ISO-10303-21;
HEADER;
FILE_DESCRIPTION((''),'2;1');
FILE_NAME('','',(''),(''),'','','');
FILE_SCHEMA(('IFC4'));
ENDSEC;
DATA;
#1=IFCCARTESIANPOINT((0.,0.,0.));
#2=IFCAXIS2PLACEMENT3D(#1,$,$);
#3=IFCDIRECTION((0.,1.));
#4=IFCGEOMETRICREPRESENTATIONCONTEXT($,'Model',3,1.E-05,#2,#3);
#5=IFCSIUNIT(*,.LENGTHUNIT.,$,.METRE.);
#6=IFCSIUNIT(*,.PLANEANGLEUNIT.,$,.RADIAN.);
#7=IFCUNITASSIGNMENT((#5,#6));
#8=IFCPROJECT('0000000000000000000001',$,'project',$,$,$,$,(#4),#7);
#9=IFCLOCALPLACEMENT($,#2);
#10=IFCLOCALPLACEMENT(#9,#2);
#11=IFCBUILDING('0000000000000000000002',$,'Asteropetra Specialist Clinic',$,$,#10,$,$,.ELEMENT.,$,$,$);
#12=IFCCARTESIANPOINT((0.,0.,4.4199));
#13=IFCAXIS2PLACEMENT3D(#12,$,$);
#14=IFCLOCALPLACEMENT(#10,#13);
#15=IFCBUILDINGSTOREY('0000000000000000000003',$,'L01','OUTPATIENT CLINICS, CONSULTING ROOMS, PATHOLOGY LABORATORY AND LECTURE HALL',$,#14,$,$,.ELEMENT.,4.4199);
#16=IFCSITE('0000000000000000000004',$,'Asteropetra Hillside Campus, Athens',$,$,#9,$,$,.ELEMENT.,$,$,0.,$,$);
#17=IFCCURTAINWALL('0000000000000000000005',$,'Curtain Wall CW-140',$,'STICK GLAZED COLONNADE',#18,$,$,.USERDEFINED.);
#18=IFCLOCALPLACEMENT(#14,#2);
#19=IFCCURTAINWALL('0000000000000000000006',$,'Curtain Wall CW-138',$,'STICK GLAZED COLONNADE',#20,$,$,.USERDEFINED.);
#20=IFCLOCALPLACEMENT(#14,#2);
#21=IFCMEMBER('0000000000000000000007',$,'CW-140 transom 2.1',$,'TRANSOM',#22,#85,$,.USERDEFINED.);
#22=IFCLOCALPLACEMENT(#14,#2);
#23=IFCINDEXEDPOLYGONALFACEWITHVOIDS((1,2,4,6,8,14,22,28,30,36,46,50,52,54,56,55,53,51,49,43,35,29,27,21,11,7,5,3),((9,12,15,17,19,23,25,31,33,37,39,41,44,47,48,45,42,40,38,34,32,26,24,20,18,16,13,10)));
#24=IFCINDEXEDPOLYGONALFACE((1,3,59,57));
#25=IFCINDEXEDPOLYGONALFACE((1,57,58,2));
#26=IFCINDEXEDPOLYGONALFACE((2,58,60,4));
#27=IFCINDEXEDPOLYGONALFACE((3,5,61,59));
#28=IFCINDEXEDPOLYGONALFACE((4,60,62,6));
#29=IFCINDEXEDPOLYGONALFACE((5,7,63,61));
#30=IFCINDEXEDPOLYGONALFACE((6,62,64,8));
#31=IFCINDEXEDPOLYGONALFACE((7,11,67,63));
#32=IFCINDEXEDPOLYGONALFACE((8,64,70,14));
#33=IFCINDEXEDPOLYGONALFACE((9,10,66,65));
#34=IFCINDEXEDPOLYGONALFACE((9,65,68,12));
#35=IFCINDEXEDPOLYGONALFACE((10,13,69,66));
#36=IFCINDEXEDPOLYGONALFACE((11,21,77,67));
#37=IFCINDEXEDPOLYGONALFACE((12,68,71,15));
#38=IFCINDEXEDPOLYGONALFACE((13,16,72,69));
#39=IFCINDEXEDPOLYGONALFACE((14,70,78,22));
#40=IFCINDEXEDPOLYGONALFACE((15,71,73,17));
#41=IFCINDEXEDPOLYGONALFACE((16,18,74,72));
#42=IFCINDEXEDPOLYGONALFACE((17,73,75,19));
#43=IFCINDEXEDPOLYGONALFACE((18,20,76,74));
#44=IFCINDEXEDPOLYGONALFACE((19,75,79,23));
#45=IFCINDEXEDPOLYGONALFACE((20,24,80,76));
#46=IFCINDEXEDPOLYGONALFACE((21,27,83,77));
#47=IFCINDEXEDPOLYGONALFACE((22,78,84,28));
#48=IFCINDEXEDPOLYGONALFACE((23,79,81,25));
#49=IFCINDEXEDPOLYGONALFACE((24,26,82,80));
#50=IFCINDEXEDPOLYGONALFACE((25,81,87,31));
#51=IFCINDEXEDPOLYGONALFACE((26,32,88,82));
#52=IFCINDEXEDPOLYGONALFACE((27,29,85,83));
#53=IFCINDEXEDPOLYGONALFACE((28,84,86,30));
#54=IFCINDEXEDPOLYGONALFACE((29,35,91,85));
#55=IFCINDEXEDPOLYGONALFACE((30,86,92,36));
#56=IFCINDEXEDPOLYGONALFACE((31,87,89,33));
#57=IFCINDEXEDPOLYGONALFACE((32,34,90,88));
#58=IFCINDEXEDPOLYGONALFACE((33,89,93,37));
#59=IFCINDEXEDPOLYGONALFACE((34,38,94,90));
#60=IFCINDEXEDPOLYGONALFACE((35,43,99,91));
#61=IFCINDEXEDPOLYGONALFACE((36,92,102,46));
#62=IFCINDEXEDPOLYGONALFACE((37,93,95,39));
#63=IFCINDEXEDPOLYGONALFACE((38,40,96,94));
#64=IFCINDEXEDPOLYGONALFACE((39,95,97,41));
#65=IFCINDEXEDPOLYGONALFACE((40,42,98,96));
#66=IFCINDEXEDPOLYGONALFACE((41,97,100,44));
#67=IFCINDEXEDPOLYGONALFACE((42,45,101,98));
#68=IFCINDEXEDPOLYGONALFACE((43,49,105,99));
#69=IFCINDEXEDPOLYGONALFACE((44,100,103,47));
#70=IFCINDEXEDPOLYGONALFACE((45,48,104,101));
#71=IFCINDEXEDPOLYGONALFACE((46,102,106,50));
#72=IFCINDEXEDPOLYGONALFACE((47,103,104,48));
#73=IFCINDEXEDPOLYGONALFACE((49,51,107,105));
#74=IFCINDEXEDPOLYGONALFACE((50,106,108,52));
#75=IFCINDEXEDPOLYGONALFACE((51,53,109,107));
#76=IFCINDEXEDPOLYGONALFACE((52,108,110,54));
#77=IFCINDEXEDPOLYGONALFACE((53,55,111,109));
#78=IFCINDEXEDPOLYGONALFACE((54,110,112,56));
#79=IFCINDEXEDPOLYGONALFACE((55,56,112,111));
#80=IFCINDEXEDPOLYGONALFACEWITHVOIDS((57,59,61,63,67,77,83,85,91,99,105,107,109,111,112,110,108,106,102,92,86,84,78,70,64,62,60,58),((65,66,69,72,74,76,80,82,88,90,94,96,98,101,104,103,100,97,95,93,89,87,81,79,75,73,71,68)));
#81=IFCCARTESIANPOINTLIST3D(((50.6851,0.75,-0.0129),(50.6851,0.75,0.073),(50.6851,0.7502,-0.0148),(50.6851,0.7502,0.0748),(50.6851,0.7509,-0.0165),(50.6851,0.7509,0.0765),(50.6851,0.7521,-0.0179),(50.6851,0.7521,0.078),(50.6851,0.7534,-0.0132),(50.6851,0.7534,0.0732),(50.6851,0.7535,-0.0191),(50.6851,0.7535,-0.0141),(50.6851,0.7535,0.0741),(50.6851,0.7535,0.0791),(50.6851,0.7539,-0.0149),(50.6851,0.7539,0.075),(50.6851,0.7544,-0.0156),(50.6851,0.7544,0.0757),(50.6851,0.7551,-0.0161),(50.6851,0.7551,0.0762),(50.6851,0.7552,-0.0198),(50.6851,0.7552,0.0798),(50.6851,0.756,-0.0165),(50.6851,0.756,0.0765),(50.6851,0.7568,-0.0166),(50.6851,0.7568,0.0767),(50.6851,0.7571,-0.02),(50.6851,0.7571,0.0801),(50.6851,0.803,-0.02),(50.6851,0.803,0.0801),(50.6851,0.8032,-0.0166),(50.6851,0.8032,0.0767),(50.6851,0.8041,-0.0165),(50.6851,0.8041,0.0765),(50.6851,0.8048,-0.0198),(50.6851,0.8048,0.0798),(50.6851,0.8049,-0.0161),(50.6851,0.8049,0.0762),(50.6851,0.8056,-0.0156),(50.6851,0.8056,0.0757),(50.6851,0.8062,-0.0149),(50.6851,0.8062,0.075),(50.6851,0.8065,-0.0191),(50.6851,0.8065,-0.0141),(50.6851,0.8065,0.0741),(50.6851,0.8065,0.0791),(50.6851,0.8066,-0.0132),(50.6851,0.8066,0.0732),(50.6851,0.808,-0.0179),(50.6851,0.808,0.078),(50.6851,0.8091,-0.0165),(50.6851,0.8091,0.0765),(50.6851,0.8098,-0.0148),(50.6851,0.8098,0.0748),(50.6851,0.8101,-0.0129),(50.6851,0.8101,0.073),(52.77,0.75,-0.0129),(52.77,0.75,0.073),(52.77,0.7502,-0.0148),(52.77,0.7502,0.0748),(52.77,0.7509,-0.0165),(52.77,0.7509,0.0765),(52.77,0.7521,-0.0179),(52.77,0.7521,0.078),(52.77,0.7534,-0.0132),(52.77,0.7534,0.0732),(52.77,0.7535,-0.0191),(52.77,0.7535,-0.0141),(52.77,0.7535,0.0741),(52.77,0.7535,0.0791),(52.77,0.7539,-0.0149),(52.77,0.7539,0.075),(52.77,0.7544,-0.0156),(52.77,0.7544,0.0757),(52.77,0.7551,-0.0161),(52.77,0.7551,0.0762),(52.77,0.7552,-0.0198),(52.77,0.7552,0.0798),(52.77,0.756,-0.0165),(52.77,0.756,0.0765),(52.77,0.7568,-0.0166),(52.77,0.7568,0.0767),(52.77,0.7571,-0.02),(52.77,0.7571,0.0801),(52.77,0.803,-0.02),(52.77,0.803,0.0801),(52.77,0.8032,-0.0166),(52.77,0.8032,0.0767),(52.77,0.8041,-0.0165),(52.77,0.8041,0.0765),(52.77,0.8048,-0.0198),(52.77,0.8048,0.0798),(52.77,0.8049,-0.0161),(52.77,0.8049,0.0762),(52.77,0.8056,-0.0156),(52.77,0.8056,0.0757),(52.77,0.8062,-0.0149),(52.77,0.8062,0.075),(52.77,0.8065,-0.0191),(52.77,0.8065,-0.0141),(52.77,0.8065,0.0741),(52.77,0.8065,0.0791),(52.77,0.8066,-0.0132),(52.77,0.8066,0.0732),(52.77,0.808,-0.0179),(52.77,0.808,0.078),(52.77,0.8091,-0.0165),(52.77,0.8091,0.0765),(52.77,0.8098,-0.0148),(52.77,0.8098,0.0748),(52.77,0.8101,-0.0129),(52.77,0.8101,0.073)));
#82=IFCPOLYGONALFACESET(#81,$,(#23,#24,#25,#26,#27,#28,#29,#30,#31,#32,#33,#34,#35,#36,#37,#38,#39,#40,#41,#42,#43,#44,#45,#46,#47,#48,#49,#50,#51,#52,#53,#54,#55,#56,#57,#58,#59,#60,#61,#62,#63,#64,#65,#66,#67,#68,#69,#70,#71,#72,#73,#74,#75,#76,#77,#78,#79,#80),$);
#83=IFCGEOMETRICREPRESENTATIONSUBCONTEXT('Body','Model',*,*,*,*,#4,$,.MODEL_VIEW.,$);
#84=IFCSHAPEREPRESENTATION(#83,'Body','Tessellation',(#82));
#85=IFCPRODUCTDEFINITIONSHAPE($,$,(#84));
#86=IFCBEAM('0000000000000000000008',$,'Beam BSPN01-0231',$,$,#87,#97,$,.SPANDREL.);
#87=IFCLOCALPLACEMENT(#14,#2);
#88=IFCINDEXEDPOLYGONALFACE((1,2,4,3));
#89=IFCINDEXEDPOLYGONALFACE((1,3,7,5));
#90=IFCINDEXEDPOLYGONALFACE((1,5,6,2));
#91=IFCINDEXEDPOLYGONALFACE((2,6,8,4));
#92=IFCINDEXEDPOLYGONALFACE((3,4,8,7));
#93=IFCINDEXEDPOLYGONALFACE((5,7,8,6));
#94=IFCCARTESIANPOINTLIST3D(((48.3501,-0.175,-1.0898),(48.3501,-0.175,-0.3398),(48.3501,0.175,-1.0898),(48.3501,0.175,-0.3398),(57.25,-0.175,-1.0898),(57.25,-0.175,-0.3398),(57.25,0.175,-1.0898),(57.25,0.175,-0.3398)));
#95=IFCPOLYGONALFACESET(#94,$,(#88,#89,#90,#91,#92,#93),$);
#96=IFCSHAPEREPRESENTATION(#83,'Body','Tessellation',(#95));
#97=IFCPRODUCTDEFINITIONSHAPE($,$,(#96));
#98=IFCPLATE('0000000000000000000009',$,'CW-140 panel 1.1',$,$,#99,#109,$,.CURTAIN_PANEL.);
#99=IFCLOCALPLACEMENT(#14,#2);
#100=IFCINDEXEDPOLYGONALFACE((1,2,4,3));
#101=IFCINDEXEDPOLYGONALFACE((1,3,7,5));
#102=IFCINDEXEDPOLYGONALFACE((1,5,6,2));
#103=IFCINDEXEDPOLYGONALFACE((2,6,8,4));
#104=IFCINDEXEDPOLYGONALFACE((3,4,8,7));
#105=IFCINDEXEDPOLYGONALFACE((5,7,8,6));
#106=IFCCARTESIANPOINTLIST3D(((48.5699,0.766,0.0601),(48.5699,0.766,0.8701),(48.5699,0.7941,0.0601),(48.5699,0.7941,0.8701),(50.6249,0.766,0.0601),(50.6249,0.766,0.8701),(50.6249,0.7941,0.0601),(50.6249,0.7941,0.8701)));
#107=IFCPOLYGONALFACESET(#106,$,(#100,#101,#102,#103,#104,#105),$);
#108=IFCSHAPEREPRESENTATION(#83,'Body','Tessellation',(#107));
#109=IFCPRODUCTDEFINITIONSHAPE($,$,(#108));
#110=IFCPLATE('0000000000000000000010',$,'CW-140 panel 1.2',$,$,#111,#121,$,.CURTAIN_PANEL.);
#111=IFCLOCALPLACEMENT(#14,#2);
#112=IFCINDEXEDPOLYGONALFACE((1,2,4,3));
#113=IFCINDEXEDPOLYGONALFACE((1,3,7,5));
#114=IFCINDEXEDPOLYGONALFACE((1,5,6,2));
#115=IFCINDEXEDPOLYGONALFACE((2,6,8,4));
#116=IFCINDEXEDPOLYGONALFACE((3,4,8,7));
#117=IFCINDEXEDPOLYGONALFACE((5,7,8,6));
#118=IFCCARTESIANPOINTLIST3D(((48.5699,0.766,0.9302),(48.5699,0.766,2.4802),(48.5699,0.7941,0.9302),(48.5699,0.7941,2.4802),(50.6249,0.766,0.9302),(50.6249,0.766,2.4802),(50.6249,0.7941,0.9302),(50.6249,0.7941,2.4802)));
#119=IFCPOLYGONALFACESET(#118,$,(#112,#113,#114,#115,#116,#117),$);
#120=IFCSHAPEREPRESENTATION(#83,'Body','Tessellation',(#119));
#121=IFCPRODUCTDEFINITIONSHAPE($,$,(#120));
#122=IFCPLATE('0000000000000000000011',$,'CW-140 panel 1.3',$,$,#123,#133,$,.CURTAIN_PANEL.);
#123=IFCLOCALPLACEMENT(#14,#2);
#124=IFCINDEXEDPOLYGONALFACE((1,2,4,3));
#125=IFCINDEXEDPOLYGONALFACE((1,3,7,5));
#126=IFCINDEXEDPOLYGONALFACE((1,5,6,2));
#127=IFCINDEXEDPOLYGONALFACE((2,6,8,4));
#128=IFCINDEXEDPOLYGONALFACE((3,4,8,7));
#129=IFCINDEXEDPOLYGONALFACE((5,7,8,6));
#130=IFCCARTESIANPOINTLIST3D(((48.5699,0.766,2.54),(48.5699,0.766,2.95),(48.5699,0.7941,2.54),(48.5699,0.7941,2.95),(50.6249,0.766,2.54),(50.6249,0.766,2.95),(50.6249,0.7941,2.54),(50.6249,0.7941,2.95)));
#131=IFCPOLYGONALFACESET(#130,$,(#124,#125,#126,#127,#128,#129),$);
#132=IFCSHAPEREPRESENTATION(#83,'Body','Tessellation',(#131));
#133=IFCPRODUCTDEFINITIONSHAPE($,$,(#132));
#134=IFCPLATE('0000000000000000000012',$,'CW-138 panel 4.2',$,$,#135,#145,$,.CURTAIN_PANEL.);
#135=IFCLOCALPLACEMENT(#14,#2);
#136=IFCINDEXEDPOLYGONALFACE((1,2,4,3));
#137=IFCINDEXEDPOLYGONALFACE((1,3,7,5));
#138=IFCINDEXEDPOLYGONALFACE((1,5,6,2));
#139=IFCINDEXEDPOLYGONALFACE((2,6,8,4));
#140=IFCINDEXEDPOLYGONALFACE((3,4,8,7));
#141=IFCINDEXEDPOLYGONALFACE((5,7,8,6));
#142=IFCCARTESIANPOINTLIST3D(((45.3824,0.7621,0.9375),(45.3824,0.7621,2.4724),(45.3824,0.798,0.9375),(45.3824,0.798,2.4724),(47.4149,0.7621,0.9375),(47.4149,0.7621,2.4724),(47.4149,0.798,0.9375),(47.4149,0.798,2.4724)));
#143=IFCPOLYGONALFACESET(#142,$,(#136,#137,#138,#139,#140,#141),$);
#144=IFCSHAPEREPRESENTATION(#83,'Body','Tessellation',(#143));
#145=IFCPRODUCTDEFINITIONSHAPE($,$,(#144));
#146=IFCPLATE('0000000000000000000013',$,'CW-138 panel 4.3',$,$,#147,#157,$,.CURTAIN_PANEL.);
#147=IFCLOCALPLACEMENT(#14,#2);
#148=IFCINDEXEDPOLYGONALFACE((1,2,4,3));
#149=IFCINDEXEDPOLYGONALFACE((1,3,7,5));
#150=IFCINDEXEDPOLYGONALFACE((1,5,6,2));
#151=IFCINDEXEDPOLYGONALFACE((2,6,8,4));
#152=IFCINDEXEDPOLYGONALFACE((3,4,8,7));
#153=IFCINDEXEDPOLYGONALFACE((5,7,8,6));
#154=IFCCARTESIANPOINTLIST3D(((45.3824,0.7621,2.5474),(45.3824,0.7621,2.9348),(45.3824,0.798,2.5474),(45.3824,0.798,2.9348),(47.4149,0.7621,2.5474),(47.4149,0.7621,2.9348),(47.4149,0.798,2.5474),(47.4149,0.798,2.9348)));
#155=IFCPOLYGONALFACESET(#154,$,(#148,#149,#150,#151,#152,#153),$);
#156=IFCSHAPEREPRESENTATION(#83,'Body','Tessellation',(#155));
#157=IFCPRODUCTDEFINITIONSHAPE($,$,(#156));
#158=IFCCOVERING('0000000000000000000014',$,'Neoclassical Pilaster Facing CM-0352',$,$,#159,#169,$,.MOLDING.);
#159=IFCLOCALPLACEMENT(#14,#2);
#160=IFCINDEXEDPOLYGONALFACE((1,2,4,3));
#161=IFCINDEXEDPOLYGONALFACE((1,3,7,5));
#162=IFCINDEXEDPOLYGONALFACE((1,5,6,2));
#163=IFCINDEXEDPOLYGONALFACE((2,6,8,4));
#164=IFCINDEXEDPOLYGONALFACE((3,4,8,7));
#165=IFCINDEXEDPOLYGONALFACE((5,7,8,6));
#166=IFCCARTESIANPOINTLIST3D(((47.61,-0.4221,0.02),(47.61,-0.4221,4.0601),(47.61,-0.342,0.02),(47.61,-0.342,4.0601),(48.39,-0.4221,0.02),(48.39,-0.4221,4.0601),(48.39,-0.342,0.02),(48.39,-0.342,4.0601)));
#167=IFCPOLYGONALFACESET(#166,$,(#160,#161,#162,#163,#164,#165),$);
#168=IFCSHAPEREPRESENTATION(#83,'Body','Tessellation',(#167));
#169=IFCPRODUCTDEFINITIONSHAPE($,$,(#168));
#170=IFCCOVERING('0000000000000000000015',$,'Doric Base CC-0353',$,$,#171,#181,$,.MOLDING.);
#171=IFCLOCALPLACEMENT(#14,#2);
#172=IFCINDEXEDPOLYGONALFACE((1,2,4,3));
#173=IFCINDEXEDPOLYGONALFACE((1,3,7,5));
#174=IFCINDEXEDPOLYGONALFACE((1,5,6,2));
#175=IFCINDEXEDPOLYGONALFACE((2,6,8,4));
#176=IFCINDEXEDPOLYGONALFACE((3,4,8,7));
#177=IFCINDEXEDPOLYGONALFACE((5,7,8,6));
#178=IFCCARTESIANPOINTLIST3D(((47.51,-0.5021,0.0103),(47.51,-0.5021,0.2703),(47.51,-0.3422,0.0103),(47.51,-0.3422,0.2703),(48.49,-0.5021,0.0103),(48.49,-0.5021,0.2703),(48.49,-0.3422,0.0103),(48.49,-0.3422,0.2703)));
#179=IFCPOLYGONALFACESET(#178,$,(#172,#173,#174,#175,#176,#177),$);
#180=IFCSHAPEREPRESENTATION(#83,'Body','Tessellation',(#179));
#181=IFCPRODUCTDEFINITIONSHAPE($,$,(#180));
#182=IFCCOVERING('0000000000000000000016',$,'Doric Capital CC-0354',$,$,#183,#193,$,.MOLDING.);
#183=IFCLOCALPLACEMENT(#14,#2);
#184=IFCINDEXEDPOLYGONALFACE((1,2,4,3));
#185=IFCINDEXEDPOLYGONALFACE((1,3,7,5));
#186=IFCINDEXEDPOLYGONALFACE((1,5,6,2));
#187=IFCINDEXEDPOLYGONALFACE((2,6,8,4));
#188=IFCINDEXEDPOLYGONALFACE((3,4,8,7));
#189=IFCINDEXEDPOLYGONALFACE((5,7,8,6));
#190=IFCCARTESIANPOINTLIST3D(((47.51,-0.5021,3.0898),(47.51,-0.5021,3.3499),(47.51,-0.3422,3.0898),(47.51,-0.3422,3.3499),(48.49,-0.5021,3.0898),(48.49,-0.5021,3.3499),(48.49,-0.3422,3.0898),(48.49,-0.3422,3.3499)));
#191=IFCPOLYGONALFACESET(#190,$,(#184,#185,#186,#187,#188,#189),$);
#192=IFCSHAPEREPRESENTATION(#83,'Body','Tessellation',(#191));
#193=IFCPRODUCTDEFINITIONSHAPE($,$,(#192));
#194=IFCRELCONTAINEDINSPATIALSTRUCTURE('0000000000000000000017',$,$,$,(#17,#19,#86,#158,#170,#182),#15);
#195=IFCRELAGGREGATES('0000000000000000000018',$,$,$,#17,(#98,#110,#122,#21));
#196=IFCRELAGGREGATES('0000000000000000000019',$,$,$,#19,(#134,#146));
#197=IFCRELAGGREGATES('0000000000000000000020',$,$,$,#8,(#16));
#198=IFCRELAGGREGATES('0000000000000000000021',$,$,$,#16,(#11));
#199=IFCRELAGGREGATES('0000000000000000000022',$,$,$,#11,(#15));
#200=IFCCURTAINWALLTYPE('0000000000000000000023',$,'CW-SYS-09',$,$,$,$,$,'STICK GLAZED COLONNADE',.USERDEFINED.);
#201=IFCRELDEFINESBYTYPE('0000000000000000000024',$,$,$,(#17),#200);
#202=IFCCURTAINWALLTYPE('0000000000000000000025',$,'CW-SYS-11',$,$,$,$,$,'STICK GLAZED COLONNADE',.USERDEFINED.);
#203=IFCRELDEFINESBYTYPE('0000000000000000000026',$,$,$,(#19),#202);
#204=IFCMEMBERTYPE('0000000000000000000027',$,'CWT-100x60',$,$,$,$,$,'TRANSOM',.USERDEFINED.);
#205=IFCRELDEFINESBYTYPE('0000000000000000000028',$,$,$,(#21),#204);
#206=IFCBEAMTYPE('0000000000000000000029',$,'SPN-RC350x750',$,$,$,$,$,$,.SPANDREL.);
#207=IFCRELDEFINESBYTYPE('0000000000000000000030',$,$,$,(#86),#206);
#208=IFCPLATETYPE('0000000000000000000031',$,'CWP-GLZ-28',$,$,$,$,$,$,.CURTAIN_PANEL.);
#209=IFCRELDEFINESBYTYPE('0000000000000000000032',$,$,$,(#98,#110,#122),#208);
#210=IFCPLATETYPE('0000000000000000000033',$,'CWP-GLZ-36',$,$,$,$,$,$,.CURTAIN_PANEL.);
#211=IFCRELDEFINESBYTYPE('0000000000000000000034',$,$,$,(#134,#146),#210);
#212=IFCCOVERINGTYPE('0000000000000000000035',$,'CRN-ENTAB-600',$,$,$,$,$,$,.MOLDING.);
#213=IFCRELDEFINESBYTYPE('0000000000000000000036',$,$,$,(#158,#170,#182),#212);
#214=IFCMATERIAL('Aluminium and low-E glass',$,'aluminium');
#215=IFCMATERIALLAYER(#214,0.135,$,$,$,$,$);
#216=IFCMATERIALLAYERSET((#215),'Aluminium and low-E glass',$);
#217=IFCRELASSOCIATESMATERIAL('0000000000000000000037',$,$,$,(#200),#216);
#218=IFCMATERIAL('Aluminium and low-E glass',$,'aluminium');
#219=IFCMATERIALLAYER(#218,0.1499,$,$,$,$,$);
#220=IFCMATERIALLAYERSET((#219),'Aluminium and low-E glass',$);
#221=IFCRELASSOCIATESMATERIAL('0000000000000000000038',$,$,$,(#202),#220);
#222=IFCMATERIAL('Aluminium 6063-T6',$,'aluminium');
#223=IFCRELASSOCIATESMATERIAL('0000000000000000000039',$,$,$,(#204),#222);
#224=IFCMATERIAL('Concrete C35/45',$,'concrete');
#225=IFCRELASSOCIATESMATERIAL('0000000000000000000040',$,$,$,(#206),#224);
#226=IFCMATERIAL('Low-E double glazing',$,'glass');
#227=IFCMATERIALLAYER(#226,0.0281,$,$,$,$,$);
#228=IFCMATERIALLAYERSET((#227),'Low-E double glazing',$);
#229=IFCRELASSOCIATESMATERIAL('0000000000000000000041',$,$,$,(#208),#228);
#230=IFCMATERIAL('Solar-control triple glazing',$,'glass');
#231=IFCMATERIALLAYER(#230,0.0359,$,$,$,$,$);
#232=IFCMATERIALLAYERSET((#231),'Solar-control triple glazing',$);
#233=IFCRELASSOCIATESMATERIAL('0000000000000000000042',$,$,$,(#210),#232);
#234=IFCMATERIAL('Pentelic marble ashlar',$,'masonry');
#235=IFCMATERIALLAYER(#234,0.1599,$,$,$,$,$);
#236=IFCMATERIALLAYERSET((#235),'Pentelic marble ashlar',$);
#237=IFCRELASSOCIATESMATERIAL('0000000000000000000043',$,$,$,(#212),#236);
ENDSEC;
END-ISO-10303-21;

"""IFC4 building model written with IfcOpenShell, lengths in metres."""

from ifc_helpers import new_model, si_unit, direction, frame, origin, origin_2d, place, context, subcontext, project, spatial, rectangle, hollow_rectangle, extrude, material, layer, layer_set, material_profile, profile_set, type_object, element, aggregate, save


model = new_model("IFC4")

# Units and contexts
model_context = context("Model", 3, precision=1e-05, world=origin(), true_north=direction((0.0, 1.0)))
body_context = subcontext(model_context, "Body", "Model", "MODEL_VIEW")
ifc_project = project(units=[si_unit("LENGTHUNIT", "METRE"), si_unit("PLANEANGLEUNIT", "RADIAN")], contexts=[model_context])

# Site, building, storey
site_placement = place(None, origin())
site = spatial("IfcSite", under=ifc_project, at=site_placement, Name="Asteropetra Hillside Campus, Athens", CompositionType="ELEMENT", RefElevation=0.0)
building_placement = place(site_placement, origin())
building = spatial("IfcBuilding", under=site, at=building_placement, Name="Asteropetra Specialist Clinic", CompositionType="ELEMENT")
storey_placement = place(building_placement, frame((0.0, 0.0, 4.4199)))
storey = spatial("IfcBuildingStorey", under=building, at=storey_placement, Name="L01", Description="OUTPATIENT CLINICS, CONSULTING ROOMS, PATHOLOGY LABORATORY AND LECTURE HALL", CompositionType="ELEMENT", Elevation=4.4199)

# Curtain wall
ifc_material_1 = material(Name="Aluminium and low-E glass", Category="aluminium")
ifc_layer_1 = layer(ifc_material_1, 0.135)
ifc_layer_set_1 = layer_set([ifc_layer_1], Name="Aluminium and low-E glass")
curtain_wall_type_1 = type_object("IfcCurtainWallType", Name="CW-SYS-09", ElementType="STICK GLAZED COLONNADE", PredefinedType="USERDEFINED", material=ifc_layer_set_1)
curtain_wall_1_placement = place(storey_placement, origin())
curtain_wall_1 = element("IfcCurtainWall", 1, at=curtain_wall_1_placement, inside=storey, type_object=curtain_wall_type_1, Name="Curtain Wall CW-140", ObjectType="STICK GLAZED COLONNADE", PredefinedType="USERDEFINED")

# Curtain wall
ifc_material_2 = material(Name="Aluminium and low-E glass", Category="aluminium")
ifc_layer_2 = layer(ifc_material_2, 0.1499)
ifc_layer_set_2 = layer_set([ifc_layer_2], Name="Aluminium and low-E glass")
curtain_wall_type_2 = type_object("IfcCurtainWallType", Name="CW-SYS-11", ElementType="STICK GLAZED COLONNADE", PredefinedType="USERDEFINED", material=ifc_layer_set_2)
curtain_wall_2_placement = place(storey_placement, origin())
curtain_wall_2 = element("IfcCurtainWall", 2, at=curtain_wall_2_placement, inside=storey, type_object=curtain_wall_type_2, Name="Curtain Wall CW-138", ObjectType="STICK GLAZED COLONNADE", PredefinedType="USERDEFINED")

# Member
ifc_material_3 = material(Name="Aluminium 6063-T6", Category="aluminium")
ifc_material_profile_1 = material_profile(ifc_material_3, hollow_rectangle(XDim=0.0601, YDim=0.1001, WallThickness=0.0034, InnerFilletRadius=0.0034, OuterFilletRadius=0.0071, at=origin_2d()), Name="TRN 100x60x3.5")
ifc_profile_set_1 = profile_set([ifc_material_profile_1], Name="Aluminium 6063-T6")
member_type_1 = type_object("IfcMemberType", Name="CWT-100x60", ElementType="TRANSOM", PredefinedType="USERDEFINED", material=ifc_profile_set_1)
member_1_placement = place(storey_placement, frame((50.6851, 0.78, 0.03), z_axis=(1.0, 0.0, 0.0), x_axis=(0.0, 1.0, 0.0)))
member_1 = element("IfcMember", 3, at=member_1_placement, type_object=member_type_1, Name="CW-140 transom 2.1", ObjectType="TRANSOM", PredefinedType="USERDEFINED", context=body_context, shape_type="SweptSolid", body=[
    extrude(hollow_rectangle(XDim=0.0601, YDim=0.1001, WallThickness=0.0034, InnerFilletRadius=0.0034, OuterFilletRadius=0.0071, at=origin_2d()), origin(), (0.0, 0.0, 1.0), 2.085),
])

# Beam
ifc_material_4 = material(Name="Concrete C35/45", Category="concrete")
ifc_material_profile_2 = material_profile(ifc_material_4, rectangle(XDim=0.3501, YDim=0.75, at=origin_2d()), Name="RCS 350x750")
ifc_profile_set_2 = profile_set([ifc_material_profile_2], Name="Concrete C35/45")
beam_type_1 = type_object("IfcBeamType", Name="SPN-RC350x750", PredefinedType="SPANDREL", material=ifc_profile_set_2)
beam_1_placement = place(storey_placement, frame((48.3501, 0.0, -0.7148), z_axis=(1.0, 0.0, 0.0), x_axis=(0.0, 1.0, 0.0)))
element("IfcBeam", 4, at=beam_1_placement, inside=storey, type_object=beam_type_1, Name="Beam BSPN01-0231", PredefinedType="SPANDREL", context=body_context, shape_type="SweptSolid", body=[
    extrude(rectangle(XDim=0.3501, YDim=0.75, at=origin_2d()), origin(), (0.0, 0.0, 1.0), 8.8999),
])

# Plates
ifc_material_5 = material(Name="Low-E double glazing", Category="glass")
ifc_layer_3 = layer(ifc_material_5, 0.0281)
ifc_layer_set_3 = layer_set([ifc_layer_3], Name="Low-E double glazing")
plate_type_1 = type_object("IfcPlateType", Name="CWP-GLZ-28", PredefinedType="CURTAIN_PANEL", material=ifc_layer_set_3)
plate_1_placement = place(storey_placement, frame((49.5974, 0.78, 0.0601), z_axis=(0.0, 0.0, 1.0), x_axis=(1.0, 0.0, 0.0)))
plate_1 = element("IfcPlate", 5, at=plate_1_placement, type_object=plate_type_1, Name="CW-140 panel 1.1", PredefinedType="CURTAIN_PANEL", context=body_context, shape_type="SweptSolid", body=[
    extrude(rectangle(XDim=2.0549, YDim=0.0281, at=origin_2d()), origin(), (0.0, 0.0, 1.0), 0.8101),
])
plate_2_placement = place(storey_placement, frame((49.5974, 0.78, 0.9302), z_axis=(0.0, 0.0, 1.0), x_axis=(1.0, 0.0, 0.0)))
plate_2 = element("IfcPlate", 6, at=plate_2_placement, type_object=plate_type_1, Name="CW-140 panel 1.2", PredefinedType="CURTAIN_PANEL", context=body_context, shape_type="SweptSolid", body=[
    extrude(rectangle(XDim=2.0549, YDim=0.0281, at=origin_2d()), origin(), (0.0, 0.0, 1.0), 1.55),
])
plate_3_placement = place(storey_placement, frame((49.5974, 0.78, 2.54), z_axis=(0.0, 0.0, 1.0), x_axis=(1.0, 0.0, 0.0)))
plate_3 = element("IfcPlate", 7, at=plate_3_placement, type_object=plate_type_1, Name="CW-140 panel 1.3", PredefinedType="CURTAIN_PANEL", context=body_context, shape_type="SweptSolid", body=[
    extrude(rectangle(XDim=2.0549, YDim=0.0281, at=origin_2d()), origin(), (0.0, 0.0, 1.0), 0.4099),
])
aggregate(curtain_wall_1, [plate_1, plate_2, plate_3, member_1])
ifc_material_6 = material(Name="Solar-control triple glazing", Category="glass")
ifc_layer_4 = layer(ifc_material_6, 0.0359)
ifc_layer_set_4 = layer_set([ifc_layer_4], Name="Solar-control triple glazing")
plate_type_2 = type_object("IfcPlateType", Name="CWP-GLZ-36", PredefinedType="CURTAIN_PANEL", material=ifc_layer_set_4)
plate_4_placement = place(storey_placement, frame((46.3987, 0.78, 0.9375), z_axis=(0.0, 0.0, 1.0), x_axis=(1.0, 0.0, 0.0)))
plate_4 = element("IfcPlate", 8, at=plate_4_placement, type_object=plate_type_2, Name="CW-138 panel 4.2", PredefinedType="CURTAIN_PANEL", context=body_context, shape_type="SweptSolid", body=[
    extrude(rectangle(XDim=2.0325, YDim=0.0359, at=origin_2d()), origin(), (0.0, 0.0, 1.0), 1.5349),
])
plate_5_placement = place(storey_placement, frame((46.3987, 0.78, 2.5474), z_axis=(0.0, 0.0, 1.0), x_axis=(1.0, 0.0, 0.0)))
plate_5 = element("IfcPlate", 9, at=plate_5_placement, type_object=plate_type_2, Name="CW-138 panel 4.3", PredefinedType="CURTAIN_PANEL", context=body_context, shape_type="SweptSolid", body=[
    extrude(rectangle(XDim=2.0325, YDim=0.0359, at=origin_2d()), origin(), (0.0, 0.0, 1.0), 0.3875),
])
aggregate(curtain_wall_2, [plate_4, plate_5])

# Coverings
ifc_material_7 = material(Name="Pentelic marble ashlar", Category="masonry")
ifc_layer_5 = layer(ifc_material_7, 0.1599)
ifc_layer_set_5 = layer_set([ifc_layer_5], Name="Pentelic marble ashlar")
covering_type = type_object("IfcCoveringType", Name="CRN-ENTAB-600", PredefinedType="MOLDING", material=ifc_layer_set_5)
covering_placement = place(storey_placement, frame((48.0, -0.3821, 0.02), z_axis=(0.0, 0.0, 1.0), x_axis=(1.0, 0.0, 0.0)))
element("IfcCovering", 10, at=covering_placement, inside=storey, type_object=covering_type, Name="Neoclassical Pilaster Facing CM-0352", PredefinedType="MOLDING", context=body_context, shape_type="SweptSolid", body=[
    extrude(rectangle(XDim=0.78, YDim=0.0801, at=origin_2d()), origin(), (0.0, 0.0, 1.0), 4.04),
])
for number, where, z_axis, x_axis, name in (
    (11, (48.0, -0.4221, 0.0103), (0.0, 0.0, 1.0), (1.0, 0.0, 0.0), "Doric Base CC-0353"),
    (12, (48.0, -0.4221, 3.0898), (0.0, 0.0, 1.0), (1.0, 0.0, 0.0), "Doric Capital CC-0354"),
):
    element("IfcCovering", number, at=place(storey_placement, frame(where, z_axis=z_axis, x_axis=x_axis)), inside=storey, type_object=covering_type, Name=name, PredefinedType="MOLDING", context=body_context, shape_type="SweptSolid", body=[
        extrude(rectangle(XDim=0.98, YDim=0.1599, at=origin_2d()), origin(), (0.0, 0.0, 1.0), 0.26),
    ])

save(model, "model.ifc")
